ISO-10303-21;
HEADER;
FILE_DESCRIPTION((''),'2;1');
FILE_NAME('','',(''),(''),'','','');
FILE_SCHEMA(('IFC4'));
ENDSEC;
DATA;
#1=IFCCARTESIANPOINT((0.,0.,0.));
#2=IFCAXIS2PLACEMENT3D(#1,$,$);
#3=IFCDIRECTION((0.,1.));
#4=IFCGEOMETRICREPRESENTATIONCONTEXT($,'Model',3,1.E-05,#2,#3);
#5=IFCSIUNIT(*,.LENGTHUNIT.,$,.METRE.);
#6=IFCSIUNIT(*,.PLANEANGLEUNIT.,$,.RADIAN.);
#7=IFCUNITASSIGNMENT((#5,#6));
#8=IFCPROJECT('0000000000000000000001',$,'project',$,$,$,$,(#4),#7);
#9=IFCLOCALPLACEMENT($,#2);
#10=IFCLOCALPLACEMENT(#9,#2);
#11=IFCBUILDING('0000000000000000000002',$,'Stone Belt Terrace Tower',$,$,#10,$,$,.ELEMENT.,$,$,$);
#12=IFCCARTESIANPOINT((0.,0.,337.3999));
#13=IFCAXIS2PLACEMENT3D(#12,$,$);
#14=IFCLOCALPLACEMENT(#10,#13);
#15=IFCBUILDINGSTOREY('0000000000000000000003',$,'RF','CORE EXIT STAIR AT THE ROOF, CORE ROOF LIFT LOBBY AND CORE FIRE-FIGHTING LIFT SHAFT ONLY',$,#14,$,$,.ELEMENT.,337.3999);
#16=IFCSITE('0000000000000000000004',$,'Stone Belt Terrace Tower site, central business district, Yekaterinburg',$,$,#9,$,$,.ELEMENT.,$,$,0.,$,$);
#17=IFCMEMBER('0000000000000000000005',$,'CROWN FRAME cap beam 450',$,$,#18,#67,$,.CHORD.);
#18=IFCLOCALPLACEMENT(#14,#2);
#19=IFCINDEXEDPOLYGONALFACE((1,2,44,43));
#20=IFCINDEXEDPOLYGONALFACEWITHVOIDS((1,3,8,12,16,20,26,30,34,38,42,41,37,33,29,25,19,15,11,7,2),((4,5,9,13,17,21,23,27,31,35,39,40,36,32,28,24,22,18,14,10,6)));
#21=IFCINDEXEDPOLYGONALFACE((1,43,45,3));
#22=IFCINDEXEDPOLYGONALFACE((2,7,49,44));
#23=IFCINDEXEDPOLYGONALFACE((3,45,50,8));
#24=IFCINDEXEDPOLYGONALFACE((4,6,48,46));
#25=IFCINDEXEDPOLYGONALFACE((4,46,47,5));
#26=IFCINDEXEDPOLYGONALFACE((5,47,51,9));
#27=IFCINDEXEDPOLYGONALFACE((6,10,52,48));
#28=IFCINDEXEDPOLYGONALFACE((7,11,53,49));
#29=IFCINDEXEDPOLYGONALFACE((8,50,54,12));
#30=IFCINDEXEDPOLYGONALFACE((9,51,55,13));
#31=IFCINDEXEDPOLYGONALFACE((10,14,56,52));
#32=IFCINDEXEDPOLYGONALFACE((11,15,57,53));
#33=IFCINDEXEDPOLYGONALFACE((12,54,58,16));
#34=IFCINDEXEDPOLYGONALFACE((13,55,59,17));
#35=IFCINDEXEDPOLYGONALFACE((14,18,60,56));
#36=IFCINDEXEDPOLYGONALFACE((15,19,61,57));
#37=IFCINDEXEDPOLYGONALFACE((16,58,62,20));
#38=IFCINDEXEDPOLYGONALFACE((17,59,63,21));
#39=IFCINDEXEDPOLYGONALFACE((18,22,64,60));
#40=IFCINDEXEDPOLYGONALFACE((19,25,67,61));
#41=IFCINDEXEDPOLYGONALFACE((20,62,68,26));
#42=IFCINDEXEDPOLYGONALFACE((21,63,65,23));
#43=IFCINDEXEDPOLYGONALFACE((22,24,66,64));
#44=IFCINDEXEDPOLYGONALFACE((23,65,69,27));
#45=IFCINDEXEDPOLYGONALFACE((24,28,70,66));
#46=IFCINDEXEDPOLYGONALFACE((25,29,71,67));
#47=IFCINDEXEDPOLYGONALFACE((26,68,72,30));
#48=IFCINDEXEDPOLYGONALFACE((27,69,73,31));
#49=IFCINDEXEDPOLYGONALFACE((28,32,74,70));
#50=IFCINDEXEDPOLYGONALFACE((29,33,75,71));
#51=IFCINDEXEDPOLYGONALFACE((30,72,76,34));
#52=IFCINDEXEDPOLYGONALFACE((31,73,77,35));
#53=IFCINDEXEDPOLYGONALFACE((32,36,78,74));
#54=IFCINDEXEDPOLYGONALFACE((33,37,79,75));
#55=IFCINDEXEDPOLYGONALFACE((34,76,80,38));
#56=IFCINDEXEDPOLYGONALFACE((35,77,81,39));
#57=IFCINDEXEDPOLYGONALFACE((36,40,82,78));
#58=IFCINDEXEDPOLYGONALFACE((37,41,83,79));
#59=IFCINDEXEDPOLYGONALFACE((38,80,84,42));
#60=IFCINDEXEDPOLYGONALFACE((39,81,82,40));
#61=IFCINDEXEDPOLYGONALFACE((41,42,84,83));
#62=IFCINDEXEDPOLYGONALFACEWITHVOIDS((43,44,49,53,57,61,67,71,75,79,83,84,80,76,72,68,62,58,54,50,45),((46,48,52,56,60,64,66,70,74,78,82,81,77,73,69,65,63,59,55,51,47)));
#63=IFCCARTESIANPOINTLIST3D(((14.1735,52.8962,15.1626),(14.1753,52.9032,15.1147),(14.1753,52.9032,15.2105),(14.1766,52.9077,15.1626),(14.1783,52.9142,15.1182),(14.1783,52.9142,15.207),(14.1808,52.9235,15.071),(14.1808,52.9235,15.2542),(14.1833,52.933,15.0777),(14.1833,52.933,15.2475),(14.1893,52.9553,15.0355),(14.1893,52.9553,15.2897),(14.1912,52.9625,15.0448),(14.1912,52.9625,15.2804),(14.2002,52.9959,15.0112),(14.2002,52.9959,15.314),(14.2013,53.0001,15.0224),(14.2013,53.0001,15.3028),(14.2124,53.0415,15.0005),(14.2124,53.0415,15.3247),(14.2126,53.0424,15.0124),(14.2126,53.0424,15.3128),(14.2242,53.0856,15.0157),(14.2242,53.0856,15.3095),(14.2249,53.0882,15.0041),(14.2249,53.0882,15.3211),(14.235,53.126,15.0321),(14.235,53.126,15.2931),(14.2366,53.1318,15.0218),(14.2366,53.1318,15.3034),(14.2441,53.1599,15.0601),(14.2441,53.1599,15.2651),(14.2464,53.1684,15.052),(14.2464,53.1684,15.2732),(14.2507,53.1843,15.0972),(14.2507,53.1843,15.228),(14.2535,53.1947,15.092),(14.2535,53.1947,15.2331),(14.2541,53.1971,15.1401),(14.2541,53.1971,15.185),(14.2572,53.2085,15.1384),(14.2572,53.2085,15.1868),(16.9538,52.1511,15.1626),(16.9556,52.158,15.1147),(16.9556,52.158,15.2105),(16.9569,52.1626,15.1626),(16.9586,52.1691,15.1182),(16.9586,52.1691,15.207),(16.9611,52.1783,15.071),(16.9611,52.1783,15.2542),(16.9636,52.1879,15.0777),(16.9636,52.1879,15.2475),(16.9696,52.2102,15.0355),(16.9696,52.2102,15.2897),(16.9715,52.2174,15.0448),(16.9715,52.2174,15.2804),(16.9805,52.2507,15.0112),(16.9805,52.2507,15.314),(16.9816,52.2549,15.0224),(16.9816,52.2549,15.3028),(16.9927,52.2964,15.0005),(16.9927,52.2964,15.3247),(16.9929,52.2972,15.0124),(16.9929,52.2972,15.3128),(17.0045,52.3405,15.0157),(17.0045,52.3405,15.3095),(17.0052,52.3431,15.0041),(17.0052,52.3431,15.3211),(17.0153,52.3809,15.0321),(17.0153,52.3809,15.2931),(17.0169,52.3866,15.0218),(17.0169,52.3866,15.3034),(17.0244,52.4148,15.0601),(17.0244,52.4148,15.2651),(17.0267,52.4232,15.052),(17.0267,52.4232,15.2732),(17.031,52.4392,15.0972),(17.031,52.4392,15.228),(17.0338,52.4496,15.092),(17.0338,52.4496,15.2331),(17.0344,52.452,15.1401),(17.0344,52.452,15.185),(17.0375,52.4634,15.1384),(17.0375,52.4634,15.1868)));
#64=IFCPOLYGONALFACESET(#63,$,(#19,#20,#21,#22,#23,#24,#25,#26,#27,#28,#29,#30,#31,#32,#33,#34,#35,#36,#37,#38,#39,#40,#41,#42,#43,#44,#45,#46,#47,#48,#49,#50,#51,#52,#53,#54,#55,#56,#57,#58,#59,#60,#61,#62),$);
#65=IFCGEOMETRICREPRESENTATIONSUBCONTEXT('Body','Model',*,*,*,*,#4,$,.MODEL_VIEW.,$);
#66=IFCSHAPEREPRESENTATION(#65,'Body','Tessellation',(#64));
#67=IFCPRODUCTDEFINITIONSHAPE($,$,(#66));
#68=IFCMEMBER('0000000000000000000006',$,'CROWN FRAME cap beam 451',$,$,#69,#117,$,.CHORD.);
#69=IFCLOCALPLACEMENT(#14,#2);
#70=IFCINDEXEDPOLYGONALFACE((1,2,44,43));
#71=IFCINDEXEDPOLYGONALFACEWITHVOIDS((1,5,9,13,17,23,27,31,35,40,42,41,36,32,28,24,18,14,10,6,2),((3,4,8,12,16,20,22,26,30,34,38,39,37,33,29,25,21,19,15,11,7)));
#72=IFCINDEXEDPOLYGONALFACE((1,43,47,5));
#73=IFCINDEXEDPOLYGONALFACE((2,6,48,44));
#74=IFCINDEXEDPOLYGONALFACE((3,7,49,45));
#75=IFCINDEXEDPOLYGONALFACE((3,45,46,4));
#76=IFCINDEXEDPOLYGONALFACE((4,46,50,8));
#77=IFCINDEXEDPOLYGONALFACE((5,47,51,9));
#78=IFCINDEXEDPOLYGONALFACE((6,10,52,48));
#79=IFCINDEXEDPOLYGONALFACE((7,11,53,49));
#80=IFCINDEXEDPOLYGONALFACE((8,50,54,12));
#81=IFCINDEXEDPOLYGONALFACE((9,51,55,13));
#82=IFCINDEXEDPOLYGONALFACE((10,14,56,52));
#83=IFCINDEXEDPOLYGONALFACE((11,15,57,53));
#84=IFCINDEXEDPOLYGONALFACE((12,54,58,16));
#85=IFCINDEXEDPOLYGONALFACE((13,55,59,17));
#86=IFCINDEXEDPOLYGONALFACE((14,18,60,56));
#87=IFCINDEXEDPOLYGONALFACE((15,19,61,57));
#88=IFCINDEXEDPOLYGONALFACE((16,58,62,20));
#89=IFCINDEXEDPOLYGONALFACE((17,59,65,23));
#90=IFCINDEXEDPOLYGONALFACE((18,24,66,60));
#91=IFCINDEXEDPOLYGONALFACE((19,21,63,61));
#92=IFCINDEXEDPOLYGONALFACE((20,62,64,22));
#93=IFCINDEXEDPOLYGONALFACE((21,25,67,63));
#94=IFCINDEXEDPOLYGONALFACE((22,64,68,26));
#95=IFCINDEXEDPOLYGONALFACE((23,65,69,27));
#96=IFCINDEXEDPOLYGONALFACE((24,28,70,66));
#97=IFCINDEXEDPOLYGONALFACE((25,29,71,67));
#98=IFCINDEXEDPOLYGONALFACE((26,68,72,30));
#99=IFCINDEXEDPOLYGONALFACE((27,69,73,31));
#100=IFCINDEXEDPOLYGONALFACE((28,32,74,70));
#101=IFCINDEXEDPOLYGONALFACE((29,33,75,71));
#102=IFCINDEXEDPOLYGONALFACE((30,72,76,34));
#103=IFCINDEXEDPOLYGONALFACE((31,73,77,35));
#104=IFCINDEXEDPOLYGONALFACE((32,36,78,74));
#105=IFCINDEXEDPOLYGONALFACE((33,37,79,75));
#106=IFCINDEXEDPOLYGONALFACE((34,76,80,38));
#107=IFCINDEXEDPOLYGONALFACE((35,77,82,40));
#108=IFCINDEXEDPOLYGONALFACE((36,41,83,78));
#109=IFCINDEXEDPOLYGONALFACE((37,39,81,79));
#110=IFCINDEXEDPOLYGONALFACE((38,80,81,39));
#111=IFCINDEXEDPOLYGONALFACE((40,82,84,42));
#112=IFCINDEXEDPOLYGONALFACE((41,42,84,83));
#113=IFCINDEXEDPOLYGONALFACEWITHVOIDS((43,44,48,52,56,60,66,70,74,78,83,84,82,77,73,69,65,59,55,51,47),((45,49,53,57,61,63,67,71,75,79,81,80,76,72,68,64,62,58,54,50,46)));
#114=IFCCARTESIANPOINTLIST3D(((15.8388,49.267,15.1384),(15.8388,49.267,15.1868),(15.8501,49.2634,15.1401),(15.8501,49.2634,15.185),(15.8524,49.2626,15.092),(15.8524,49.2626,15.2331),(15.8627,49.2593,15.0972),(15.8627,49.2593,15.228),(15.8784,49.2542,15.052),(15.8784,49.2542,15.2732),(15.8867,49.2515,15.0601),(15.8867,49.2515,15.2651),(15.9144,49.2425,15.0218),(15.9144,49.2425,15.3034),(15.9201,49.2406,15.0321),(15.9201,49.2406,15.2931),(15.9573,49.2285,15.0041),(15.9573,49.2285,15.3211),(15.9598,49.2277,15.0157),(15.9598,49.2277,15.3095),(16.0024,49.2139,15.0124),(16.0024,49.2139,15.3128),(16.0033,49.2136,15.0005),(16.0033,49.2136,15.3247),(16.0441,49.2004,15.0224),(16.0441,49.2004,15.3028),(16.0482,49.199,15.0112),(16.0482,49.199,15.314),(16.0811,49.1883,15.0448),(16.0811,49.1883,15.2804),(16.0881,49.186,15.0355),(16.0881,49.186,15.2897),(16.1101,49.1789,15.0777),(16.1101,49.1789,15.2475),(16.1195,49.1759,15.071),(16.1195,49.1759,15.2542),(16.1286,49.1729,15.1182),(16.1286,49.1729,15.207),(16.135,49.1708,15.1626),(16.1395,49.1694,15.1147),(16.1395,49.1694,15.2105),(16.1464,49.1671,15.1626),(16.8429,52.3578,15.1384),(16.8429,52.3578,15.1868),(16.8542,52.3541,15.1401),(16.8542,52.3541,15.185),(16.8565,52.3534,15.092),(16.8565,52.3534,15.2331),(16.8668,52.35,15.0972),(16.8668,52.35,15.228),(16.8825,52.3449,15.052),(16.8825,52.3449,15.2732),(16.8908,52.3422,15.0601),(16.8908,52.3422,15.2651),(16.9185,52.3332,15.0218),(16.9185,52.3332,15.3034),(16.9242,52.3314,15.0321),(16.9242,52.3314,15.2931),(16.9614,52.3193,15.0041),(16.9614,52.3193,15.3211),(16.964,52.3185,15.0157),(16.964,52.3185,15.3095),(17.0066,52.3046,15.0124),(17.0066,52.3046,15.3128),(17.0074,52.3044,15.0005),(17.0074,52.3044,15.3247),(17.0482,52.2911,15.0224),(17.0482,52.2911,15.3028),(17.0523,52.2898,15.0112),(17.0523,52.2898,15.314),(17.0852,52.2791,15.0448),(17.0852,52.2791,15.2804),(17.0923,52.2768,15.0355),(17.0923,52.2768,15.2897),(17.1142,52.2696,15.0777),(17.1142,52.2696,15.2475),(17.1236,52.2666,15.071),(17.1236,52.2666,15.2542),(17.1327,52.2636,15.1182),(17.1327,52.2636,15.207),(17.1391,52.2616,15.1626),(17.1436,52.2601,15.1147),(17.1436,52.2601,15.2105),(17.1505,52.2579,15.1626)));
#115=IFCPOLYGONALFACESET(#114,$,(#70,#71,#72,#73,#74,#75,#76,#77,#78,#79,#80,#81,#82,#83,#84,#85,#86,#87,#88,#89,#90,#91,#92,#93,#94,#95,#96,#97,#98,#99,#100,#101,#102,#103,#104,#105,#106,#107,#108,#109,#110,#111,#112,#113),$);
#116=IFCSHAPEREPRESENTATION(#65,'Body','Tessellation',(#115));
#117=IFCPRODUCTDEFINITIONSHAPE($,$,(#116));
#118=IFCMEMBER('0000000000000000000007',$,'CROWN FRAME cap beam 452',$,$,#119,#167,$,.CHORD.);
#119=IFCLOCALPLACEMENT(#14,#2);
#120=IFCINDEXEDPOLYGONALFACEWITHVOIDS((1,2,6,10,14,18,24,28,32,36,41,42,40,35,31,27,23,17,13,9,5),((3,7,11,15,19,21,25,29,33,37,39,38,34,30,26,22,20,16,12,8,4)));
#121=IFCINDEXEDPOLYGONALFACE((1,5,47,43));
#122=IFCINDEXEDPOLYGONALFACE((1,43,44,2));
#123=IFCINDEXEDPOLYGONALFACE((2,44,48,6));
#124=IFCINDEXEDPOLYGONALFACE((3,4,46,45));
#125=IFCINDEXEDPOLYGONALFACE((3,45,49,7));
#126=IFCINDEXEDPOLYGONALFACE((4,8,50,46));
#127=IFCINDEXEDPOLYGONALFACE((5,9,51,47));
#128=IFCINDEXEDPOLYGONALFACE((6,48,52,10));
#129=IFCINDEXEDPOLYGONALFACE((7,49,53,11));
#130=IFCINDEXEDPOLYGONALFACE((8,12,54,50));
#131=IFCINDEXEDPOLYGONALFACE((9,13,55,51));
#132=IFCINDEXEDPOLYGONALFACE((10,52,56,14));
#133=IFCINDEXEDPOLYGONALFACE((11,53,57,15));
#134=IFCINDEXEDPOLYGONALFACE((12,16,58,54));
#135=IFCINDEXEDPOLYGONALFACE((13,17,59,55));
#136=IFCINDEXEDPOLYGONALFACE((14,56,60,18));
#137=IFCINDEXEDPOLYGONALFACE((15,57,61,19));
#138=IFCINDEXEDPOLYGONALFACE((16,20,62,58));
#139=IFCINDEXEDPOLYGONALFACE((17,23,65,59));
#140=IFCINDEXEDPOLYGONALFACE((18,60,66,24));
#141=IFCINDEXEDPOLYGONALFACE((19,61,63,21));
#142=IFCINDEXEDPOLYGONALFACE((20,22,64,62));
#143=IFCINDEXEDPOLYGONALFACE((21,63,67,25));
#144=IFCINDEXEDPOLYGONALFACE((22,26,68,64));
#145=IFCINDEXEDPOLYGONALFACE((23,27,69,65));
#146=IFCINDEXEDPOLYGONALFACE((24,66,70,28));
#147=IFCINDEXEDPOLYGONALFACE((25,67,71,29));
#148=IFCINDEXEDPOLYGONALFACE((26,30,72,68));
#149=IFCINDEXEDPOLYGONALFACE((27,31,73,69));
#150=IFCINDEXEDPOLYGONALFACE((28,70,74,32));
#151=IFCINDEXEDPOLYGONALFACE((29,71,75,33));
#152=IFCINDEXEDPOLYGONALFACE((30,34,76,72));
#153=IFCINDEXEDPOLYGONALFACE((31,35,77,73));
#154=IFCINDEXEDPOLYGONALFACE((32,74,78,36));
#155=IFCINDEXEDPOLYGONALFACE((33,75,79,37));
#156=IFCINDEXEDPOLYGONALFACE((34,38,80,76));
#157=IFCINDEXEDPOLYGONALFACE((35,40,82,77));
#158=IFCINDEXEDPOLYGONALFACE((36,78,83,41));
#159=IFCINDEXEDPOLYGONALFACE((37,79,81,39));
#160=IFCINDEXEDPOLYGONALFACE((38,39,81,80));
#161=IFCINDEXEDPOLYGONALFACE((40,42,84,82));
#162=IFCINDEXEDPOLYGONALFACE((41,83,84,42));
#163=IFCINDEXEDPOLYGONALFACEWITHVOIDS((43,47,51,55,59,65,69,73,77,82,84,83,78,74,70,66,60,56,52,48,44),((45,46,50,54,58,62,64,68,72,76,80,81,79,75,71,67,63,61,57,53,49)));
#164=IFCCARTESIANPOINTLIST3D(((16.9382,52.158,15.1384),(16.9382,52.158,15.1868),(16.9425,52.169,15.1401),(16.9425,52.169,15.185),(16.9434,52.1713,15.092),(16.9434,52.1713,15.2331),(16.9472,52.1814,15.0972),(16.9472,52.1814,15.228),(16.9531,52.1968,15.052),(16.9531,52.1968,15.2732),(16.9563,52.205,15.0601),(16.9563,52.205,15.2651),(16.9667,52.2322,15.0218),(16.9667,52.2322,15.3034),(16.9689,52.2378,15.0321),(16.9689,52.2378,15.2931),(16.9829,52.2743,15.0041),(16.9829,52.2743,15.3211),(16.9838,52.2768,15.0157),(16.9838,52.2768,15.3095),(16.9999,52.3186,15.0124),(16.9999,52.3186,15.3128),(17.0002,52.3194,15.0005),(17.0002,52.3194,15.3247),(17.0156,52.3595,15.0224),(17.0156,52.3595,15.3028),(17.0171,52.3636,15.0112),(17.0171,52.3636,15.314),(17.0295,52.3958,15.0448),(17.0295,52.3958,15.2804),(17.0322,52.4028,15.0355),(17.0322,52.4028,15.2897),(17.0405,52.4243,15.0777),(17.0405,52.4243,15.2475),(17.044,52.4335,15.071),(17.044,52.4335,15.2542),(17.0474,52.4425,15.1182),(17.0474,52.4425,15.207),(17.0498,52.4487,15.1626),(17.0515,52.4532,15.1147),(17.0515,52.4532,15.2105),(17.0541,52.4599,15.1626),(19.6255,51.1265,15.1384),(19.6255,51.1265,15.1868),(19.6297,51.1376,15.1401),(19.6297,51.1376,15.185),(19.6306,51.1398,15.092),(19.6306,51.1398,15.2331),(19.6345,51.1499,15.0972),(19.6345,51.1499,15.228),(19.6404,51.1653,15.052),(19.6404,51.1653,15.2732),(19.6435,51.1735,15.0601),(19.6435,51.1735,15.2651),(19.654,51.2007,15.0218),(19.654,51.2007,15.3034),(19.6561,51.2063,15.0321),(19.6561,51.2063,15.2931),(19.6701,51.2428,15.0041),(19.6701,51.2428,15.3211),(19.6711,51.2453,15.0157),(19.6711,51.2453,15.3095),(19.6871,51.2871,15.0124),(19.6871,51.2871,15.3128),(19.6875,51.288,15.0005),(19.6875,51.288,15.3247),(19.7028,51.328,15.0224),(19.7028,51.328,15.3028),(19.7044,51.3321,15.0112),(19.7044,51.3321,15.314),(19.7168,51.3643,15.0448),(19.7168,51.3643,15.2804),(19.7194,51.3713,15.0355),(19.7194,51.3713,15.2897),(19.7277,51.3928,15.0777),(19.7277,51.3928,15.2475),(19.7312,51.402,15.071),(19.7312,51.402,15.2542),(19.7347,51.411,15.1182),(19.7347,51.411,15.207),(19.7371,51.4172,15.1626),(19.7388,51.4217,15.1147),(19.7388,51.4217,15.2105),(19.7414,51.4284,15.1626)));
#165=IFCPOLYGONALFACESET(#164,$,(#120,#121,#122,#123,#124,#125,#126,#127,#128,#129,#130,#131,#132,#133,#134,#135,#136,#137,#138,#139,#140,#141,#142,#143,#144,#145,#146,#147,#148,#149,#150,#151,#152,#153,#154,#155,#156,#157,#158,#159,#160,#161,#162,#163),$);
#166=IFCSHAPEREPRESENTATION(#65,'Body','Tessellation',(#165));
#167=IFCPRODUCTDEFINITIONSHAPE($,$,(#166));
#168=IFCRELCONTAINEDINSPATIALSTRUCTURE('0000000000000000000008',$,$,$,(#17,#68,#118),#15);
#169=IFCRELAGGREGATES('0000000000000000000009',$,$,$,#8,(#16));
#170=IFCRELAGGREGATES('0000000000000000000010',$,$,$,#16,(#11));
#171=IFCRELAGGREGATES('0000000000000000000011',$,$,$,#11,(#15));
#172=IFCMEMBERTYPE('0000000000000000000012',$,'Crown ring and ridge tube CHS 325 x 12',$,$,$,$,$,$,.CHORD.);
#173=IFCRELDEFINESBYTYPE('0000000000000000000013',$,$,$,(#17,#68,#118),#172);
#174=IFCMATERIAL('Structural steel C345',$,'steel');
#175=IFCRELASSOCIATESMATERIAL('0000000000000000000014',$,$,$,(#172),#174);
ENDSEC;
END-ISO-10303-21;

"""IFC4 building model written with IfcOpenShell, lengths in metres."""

from ifc_helpers import new_model, si_unit, direction, frame, origin, origin_2d, place, context, subcontext, project, spatial, hollow_circle, extrude, material, material_profile, profile_set, type_object, element, save


model = new_model("IFC4")

# Units and contexts
model_context = context("Model", 3, precision=1e-05, world=origin(), true_north=direction((0.0, 1.0)))
body_context = subcontext(model_context, "Body", "Model", "MODEL_VIEW")
ifc_project = project(units=[si_unit("LENGTHUNIT", "METRE"), si_unit("PLANEANGLEUNIT", "RADIAN")], contexts=[model_context])

# Site, building, storey
site_placement = place(None, origin())
site = spatial("IfcSite", under=ifc_project, at=site_placement, Name="Stone Belt Terrace Tower site, central business district, Yekaterinburg", CompositionType="ELEMENT", RefElevation=0.0)
building_placement = place(site_placement, origin())
building = spatial("IfcBuilding", under=site, at=building_placement, Name="Stone Belt Terrace Tower", CompositionType="ELEMENT")
storey_placement = place(building_placement, frame((0.0, 0.0, 337.3999)))
storey = spatial("IfcBuildingStorey", under=building, at=storey_placement, Name="RF", Description="CORE EXIT STAIR AT THE ROOF, CORE ROOF LIFT LOBBY AND CORE FIRE-FIGHTING LIFT SHAFT ONLY", CompositionType="ELEMENT", Elevation=337.3999)

# Members
ifc_material_1 = material(Name="Structural steel C345", Category="steel")
ifc_material_profile_1 = material_profile(ifc_material_1, hollow_circle(Radius=0.1626, WallThickness=0.012, at=origin_2d()), Name="Structural steel C345 CHS 325x12")
ifc_profile_set_1 = profile_set([ifc_material_profile_1], Name="Structural steel C345")
member_type_1 = type_object("IfcMemberType", Name="Crown ring and ridge tube CHS 325 x 12", PredefinedType="CHORD", material=ifc_profile_set_1)
member_1_placement = place(storey_placement, frame((16.9958, 52.3081, 15.1626), z_axis=(-0.965913, 0.258866, 0.0), x_axis=(-0.258866, -0.965913, 0.0)))
element("IfcMember", 1, at=member_1_placement, inside=storey, type_object=member_type_1, Name="CROWN FRAME cap beam 450", PredefinedType="CHORD", context=body_context, shape_type="SweptSolid", body=[
    extrude(hollow_circle(Radius=0.1626, WallThickness=0.012, at=origin_2d()), origin(), (0.0, 0.0, 1.0), 2.8784),
])
member_2_placement = place(storey_placement, frame((16.9958, 52.3081, 15.1626), z_axis=(-0.308984, -0.951067, 0.0), x_axis=(0.951067, -0.308984, 0.0)))
element("IfcMember", 2, at=member_2_placement, inside=storey, type_object=member_type_1, Name="CROWN FRAME cap beam 451", PredefinedType="CHORD", context=body_context, shape_type="SweptSolid", body=[
    extrude(hollow_circle(Radius=0.1626, WallThickness=0.012, at=origin_2d()), origin(), (0.0, 0.0, 1.0), 3.2498),
])
member_3_placement = place(storey_placement, frame((16.9958, 52.3081, 15.1626), z_axis=(0.933586, -0.358354, 0.0), x_axis=(0.358354, 0.933586, 0.0)))
element("IfcMember", 3, at=member_3_placement, inside=storey, type_object=member_type_1, Name="CROWN FRAME cap beam 452", PredefinedType="CHORD", context=body_context, shape_type="SweptSolid", body=[
    extrude(hollow_circle(Radius=0.1626, WallThickness=0.012, at=origin_2d()), origin(), (0.0, 0.0, 1.0), 2.8784),
])

save(model, "model.ifc")
